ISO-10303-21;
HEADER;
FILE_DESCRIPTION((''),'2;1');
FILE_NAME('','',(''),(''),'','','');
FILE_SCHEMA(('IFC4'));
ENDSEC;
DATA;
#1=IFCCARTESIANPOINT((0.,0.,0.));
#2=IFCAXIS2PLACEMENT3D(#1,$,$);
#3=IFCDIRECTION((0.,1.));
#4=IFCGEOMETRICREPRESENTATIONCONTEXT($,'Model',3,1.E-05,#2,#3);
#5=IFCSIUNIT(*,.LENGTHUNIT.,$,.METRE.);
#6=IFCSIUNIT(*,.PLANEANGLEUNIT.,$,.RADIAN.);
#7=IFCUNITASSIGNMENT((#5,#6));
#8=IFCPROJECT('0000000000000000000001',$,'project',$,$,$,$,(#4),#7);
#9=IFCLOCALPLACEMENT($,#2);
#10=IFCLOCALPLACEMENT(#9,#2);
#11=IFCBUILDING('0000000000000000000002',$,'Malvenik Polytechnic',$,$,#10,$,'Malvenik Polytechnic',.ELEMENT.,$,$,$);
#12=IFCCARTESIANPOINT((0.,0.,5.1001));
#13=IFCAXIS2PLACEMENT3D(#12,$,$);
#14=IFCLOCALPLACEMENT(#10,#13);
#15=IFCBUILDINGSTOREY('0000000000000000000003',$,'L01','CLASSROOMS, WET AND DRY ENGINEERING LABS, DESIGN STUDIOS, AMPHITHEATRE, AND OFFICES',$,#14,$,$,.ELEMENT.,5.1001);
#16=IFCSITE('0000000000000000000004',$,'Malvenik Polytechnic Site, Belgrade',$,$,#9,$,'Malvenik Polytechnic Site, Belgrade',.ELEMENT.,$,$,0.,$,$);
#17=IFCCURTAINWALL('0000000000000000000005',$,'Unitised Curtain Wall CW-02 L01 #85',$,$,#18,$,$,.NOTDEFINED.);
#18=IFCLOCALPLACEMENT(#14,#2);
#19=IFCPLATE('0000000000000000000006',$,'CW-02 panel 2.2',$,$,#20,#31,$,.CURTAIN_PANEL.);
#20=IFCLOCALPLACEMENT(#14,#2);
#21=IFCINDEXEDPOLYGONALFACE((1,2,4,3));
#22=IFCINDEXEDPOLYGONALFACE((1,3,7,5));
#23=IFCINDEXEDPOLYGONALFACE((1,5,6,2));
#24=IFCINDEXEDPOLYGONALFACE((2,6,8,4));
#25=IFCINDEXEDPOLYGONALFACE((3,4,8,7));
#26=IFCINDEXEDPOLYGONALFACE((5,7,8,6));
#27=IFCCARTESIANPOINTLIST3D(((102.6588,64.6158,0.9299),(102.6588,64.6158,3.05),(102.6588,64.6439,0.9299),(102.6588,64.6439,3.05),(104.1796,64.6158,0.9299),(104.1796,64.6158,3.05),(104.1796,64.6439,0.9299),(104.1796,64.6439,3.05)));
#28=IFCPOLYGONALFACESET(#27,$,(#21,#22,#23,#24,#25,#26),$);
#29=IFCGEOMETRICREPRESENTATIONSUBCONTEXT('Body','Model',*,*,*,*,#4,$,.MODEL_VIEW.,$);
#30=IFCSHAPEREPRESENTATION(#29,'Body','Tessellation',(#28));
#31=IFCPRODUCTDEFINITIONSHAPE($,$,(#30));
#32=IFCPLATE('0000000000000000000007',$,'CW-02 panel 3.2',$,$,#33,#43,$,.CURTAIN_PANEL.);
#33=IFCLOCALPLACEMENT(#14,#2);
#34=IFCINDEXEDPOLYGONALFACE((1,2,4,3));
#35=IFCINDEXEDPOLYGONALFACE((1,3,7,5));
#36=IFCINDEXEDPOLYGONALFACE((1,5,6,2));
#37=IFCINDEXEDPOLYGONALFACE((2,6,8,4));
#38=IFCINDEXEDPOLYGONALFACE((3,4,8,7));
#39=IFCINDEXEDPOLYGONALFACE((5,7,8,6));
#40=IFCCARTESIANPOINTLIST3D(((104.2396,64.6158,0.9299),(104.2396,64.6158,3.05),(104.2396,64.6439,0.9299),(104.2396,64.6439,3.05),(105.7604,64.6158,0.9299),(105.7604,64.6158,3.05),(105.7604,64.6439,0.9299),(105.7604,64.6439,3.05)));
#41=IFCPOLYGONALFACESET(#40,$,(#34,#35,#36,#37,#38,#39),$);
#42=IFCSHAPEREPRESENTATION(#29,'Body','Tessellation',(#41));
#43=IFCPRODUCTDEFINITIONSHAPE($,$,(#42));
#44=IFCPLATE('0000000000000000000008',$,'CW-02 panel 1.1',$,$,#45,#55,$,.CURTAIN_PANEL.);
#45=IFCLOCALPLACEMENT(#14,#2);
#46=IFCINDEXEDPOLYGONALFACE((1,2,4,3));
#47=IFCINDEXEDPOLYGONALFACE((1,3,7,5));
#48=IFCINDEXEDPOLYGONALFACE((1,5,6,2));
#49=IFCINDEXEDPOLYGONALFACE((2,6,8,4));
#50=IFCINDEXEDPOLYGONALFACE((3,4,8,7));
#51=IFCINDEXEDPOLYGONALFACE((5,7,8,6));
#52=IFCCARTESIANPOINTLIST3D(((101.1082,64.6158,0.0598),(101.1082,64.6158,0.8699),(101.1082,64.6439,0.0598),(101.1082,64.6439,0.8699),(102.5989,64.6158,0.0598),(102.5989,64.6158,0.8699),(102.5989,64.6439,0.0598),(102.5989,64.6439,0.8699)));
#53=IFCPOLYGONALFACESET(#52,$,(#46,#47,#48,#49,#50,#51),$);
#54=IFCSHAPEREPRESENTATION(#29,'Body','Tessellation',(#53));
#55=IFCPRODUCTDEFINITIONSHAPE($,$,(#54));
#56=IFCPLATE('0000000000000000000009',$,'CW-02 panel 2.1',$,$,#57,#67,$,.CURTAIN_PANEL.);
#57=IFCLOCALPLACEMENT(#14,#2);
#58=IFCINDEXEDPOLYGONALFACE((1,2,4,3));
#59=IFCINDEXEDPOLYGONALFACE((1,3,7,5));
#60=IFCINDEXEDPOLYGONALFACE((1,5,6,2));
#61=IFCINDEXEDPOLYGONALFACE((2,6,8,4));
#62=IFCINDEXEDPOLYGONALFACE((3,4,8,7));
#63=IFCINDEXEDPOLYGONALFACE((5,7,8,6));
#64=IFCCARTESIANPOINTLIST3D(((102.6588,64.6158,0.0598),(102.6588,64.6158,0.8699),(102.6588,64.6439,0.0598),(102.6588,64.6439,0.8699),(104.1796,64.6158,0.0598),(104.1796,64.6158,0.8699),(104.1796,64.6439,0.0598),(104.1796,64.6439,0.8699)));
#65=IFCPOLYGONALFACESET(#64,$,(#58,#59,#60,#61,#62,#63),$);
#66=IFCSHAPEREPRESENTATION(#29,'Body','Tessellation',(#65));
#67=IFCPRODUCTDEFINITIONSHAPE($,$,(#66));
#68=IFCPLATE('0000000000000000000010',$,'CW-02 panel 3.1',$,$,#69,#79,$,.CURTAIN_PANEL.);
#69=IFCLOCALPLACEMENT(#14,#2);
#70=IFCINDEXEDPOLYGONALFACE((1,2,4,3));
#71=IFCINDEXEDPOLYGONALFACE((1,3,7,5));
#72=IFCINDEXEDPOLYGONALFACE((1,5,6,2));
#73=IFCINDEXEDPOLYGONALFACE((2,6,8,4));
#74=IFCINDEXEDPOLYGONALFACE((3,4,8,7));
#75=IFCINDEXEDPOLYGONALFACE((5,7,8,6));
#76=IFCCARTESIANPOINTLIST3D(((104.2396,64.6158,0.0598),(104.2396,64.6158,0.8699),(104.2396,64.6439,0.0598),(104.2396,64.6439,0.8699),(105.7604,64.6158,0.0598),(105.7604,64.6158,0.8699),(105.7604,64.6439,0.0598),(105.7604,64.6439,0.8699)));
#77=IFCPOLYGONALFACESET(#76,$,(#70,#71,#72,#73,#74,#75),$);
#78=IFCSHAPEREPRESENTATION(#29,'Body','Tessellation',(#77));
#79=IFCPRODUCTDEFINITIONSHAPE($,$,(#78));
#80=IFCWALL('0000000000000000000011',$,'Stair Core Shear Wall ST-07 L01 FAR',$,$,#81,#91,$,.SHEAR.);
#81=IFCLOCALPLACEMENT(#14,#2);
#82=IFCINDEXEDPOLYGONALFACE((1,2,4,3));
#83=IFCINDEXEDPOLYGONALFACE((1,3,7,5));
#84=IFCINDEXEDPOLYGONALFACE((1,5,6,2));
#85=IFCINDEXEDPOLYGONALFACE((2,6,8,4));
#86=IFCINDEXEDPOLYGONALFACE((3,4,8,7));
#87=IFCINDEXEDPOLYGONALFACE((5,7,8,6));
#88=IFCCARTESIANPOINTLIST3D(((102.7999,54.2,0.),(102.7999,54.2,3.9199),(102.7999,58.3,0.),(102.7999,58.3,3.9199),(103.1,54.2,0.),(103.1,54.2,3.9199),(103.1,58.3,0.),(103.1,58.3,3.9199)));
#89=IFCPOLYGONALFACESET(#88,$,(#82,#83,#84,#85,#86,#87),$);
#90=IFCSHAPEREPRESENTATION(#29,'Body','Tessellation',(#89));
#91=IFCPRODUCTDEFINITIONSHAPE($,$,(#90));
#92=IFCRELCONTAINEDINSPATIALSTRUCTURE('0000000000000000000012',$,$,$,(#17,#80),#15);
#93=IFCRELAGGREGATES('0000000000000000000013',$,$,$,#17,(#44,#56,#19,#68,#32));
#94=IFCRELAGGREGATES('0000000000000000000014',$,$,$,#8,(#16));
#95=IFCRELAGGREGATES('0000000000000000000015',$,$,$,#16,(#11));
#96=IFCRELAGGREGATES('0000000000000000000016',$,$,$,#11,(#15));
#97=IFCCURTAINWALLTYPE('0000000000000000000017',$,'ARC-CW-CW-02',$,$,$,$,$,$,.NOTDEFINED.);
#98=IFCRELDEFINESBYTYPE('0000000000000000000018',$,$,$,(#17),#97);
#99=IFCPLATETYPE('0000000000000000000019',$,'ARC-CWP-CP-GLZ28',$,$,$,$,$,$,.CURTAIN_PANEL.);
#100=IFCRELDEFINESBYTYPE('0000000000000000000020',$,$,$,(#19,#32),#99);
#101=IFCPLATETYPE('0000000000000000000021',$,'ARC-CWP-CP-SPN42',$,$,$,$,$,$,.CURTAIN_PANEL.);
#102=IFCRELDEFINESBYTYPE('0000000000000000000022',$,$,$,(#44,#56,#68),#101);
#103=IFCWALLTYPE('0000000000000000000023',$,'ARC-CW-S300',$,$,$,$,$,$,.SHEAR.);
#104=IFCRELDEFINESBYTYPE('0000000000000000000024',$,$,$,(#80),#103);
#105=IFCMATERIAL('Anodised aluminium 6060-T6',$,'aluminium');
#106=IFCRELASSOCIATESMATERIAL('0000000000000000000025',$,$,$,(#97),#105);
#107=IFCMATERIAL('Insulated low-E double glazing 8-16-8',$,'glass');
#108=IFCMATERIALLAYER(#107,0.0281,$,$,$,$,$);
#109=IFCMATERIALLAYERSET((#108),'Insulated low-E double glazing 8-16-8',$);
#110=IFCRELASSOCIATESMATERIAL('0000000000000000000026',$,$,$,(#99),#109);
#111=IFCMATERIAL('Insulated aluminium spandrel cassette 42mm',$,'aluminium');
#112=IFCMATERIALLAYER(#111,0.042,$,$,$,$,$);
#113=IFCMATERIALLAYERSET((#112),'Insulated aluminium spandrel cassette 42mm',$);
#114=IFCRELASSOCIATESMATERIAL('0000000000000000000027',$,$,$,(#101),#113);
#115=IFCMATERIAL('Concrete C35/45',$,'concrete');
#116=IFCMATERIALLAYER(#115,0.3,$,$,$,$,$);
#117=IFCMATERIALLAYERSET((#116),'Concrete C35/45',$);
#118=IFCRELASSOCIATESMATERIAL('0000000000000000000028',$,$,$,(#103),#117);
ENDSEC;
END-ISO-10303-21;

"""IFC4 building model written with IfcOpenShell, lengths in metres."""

from ifc_helpers import new_model, si_unit, direction, frame, frame_2d, origin, origin_2d, place, context, subcontext, project, spatial, rectangle, extrude, material, layer, layer_set, type_object, element, aggregate, save


model = new_model("IFC4")

# Units and contexts
model_context = context("Model", 3, precision=1e-05, world=origin(), true_north=direction((0.0, 1.0)))
body_context = subcontext(model_context, "Body", "Model", "MODEL_VIEW")
ifc_project = project(units=[si_unit("LENGTHUNIT", "METRE"), si_unit("PLANEANGLEUNIT", "RADIAN")], contexts=[model_context])

# Site, building, storey
site_placement = place(None, origin())
site = spatial("IfcSite", under=ifc_project, at=site_placement, Name="Malvenik Polytechnic Site, Belgrade", LongName="Malvenik Polytechnic Site, Belgrade", CompositionType="ELEMENT", RefElevation=0.0)
building_placement = place(site_placement, origin())
building = spatial("IfcBuilding", under=site, at=building_placement, Name="Malvenik Polytechnic", LongName="Malvenik Polytechnic", CompositionType="ELEMENT")
storey_placement = place(building_placement, frame((0.0, 0.0, 5.1001)))
storey = spatial("IfcBuildingStorey", under=building, at=storey_placement, Name="L01", Description="CLASSROOMS, WET AND DRY ENGINEERING LABS, DESIGN STUDIOS, AMPHITHEATRE, AND OFFICES", CompositionType="ELEMENT", Elevation=5.1001)

# Curtain wall
ifc_material_1 = material(Name="Anodised aluminium 6060-T6", Category="aluminium")
curtain_wall_type = type_object("IfcCurtainWallType", Name="ARC-CW-CW-02", PredefinedType="NOTDEFINED", material=ifc_material_1)
curtain_wall_placement = place(storey_placement, origin())
curtain_wall = element("IfcCurtainWall", 1, at=curtain_wall_placement, inside=storey, type_object=curtain_wall_type, Name="Unitised Curtain Wall CW-02 L01 #85", PredefinedType="NOTDEFINED")

# Plates
ifc_material_2 = material(Name="Insulated low-E double glazing 8-16-8", Category="glass")
ifc_layer_1 = layer(ifc_material_2, 0.0281)
ifc_layer_set_1 = layer_set([ifc_layer_1], Name="Insulated low-E double glazing 8-16-8")
plate_type_1 = type_object("IfcPlateType", Name="ARC-CWP-CP-GLZ28", PredefinedType="CURTAIN_PANEL", material=ifc_layer_set_1)
plate_1_placement = place(storey_placement, frame((103.4192, 64.6299, 0.9299), z_axis=(0.0, 0.0, 1.0), x_axis=(1.0, 0.0, 0.0)))
plate_1 = element("IfcPlate", 2, at=plate_1_placement, type_object=plate_type_1, Name="CW-02 panel 2.2", PredefinedType="CURTAIN_PANEL", context=body_context, shape_type="SweptSolid", body=[
    extrude(rectangle(XDim=1.5208, YDim=0.0281, at=origin_2d()), origin(), (0.0, 0.0, 1.0), 2.1201),
])
plate_2_placement = place(storey_placement, frame((105.0, 64.6299, 0.9299), z_axis=(0.0, 0.0, 1.0), x_axis=(1.0, 0.0, 0.0)))
plate_2 = element("IfcPlate", 3, at=plate_2_placement, type_object=plate_type_1, Name="CW-02 panel 3.2", PredefinedType="CURTAIN_PANEL", context=body_context, shape_type="SweptSolid", body=[
    extrude(rectangle(XDim=1.5208, YDim=0.0281, at=origin_2d()), origin(), (0.0, 0.0, 1.0), 2.1201),
])
ifc_material_3 = material(Name="Insulated aluminium spandrel cassette 42mm", Category="aluminium")
ifc_layer_2 = layer(ifc_material_3, 0.042)
ifc_layer_set_2 = layer_set([ifc_layer_2], Name="Insulated aluminium spandrel cassette 42mm")
plate_type_2 = type_object("IfcPlateType", Name="ARC-CWP-CP-SPN42", PredefinedType="CURTAIN_PANEL", material=ifc_layer_set_2)
plate_3_placement = place(storey_placement, frame((101.8535, 64.6299, 0.0598), z_axis=(0.0, 0.0, 1.0), x_axis=(1.0, 0.0, 0.0)))
plate_3 = element("IfcPlate", 4, at=plate_3_placement, type_object=plate_type_2, Name="CW-02 panel 1.1", PredefinedType="CURTAIN_PANEL", context=body_context, shape_type="SweptSolid", body=[
    extrude(rectangle(XDim=1.4907, YDim=0.0281, at=origin_2d()), origin(), (0.0, 0.0, 1.0), 0.8101),
])
plate_4_placement = place(storey_placement, frame((103.4192, 64.6299, 0.0598), z_axis=(0.0, 0.0, 1.0), x_axis=(1.0, 0.0, 0.0)))
plate_4 = element("IfcPlate", 5, at=plate_4_placement, type_object=plate_type_2, Name="CW-02 panel 2.1", PredefinedType="CURTAIN_PANEL", context=body_context, shape_type="SweptSolid", body=[
    extrude(rectangle(XDim=1.5208, YDim=0.0281, at=origin_2d()), origin(), (0.0, 0.0, 1.0), 0.8101),
])
plate_5_placement = place(storey_placement, frame((105.0, 64.6299, 0.0598), z_axis=(0.0, 0.0, 1.0), x_axis=(1.0, 0.0, 0.0)))
plate_5 = element("IfcPlate", 6, at=plate_5_placement, type_object=plate_type_2, Name="CW-02 panel 3.1", PredefinedType="CURTAIN_PANEL", context=body_context, shape_type="SweptSolid", body=[
    extrude(rectangle(XDim=1.5208, YDim=0.0281, at=origin_2d()), origin(), (0.0, 0.0, 1.0), 0.8101),
])
aggregate(curtain_wall, [plate_3, plate_4, plate_1, plate_5, plate_2])

# Wall
ifc_material_4 = material(Name="Concrete C35/45", Category="concrete")
ifc_layer_3 = layer(ifc_material_4, 0.3)
ifc_layer_set_3 = layer_set([ifc_layer_3], Name="Concrete C35/45")
wall_type = type_object("IfcWallType", Name="ARC-CW-S300", PredefinedType="SHEAR", material=ifc_layer_set_3)
wall_placement = place(storey_placement, frame((102.95, 58.3, 0.0), z_axis=(0.0, 0.0, 1.0), x_axis=(0.0, -1.0, 0.0)))
element("IfcWall", 7, at=wall_placement, inside=storey, type_object=wall_type, Name="Stair Core Shear Wall ST-07 L01 FAR", PredefinedType="SHEAR", context=body_context, shape_type="SweptSolid", body=[
    extrude(rectangle(XDim=4.1001, YDim=0.3, at=frame_2d((2.05, 0.0))), origin(), (0.0, 0.0, 1.0), 3.9199),
])

save(model, "model.ifc")
